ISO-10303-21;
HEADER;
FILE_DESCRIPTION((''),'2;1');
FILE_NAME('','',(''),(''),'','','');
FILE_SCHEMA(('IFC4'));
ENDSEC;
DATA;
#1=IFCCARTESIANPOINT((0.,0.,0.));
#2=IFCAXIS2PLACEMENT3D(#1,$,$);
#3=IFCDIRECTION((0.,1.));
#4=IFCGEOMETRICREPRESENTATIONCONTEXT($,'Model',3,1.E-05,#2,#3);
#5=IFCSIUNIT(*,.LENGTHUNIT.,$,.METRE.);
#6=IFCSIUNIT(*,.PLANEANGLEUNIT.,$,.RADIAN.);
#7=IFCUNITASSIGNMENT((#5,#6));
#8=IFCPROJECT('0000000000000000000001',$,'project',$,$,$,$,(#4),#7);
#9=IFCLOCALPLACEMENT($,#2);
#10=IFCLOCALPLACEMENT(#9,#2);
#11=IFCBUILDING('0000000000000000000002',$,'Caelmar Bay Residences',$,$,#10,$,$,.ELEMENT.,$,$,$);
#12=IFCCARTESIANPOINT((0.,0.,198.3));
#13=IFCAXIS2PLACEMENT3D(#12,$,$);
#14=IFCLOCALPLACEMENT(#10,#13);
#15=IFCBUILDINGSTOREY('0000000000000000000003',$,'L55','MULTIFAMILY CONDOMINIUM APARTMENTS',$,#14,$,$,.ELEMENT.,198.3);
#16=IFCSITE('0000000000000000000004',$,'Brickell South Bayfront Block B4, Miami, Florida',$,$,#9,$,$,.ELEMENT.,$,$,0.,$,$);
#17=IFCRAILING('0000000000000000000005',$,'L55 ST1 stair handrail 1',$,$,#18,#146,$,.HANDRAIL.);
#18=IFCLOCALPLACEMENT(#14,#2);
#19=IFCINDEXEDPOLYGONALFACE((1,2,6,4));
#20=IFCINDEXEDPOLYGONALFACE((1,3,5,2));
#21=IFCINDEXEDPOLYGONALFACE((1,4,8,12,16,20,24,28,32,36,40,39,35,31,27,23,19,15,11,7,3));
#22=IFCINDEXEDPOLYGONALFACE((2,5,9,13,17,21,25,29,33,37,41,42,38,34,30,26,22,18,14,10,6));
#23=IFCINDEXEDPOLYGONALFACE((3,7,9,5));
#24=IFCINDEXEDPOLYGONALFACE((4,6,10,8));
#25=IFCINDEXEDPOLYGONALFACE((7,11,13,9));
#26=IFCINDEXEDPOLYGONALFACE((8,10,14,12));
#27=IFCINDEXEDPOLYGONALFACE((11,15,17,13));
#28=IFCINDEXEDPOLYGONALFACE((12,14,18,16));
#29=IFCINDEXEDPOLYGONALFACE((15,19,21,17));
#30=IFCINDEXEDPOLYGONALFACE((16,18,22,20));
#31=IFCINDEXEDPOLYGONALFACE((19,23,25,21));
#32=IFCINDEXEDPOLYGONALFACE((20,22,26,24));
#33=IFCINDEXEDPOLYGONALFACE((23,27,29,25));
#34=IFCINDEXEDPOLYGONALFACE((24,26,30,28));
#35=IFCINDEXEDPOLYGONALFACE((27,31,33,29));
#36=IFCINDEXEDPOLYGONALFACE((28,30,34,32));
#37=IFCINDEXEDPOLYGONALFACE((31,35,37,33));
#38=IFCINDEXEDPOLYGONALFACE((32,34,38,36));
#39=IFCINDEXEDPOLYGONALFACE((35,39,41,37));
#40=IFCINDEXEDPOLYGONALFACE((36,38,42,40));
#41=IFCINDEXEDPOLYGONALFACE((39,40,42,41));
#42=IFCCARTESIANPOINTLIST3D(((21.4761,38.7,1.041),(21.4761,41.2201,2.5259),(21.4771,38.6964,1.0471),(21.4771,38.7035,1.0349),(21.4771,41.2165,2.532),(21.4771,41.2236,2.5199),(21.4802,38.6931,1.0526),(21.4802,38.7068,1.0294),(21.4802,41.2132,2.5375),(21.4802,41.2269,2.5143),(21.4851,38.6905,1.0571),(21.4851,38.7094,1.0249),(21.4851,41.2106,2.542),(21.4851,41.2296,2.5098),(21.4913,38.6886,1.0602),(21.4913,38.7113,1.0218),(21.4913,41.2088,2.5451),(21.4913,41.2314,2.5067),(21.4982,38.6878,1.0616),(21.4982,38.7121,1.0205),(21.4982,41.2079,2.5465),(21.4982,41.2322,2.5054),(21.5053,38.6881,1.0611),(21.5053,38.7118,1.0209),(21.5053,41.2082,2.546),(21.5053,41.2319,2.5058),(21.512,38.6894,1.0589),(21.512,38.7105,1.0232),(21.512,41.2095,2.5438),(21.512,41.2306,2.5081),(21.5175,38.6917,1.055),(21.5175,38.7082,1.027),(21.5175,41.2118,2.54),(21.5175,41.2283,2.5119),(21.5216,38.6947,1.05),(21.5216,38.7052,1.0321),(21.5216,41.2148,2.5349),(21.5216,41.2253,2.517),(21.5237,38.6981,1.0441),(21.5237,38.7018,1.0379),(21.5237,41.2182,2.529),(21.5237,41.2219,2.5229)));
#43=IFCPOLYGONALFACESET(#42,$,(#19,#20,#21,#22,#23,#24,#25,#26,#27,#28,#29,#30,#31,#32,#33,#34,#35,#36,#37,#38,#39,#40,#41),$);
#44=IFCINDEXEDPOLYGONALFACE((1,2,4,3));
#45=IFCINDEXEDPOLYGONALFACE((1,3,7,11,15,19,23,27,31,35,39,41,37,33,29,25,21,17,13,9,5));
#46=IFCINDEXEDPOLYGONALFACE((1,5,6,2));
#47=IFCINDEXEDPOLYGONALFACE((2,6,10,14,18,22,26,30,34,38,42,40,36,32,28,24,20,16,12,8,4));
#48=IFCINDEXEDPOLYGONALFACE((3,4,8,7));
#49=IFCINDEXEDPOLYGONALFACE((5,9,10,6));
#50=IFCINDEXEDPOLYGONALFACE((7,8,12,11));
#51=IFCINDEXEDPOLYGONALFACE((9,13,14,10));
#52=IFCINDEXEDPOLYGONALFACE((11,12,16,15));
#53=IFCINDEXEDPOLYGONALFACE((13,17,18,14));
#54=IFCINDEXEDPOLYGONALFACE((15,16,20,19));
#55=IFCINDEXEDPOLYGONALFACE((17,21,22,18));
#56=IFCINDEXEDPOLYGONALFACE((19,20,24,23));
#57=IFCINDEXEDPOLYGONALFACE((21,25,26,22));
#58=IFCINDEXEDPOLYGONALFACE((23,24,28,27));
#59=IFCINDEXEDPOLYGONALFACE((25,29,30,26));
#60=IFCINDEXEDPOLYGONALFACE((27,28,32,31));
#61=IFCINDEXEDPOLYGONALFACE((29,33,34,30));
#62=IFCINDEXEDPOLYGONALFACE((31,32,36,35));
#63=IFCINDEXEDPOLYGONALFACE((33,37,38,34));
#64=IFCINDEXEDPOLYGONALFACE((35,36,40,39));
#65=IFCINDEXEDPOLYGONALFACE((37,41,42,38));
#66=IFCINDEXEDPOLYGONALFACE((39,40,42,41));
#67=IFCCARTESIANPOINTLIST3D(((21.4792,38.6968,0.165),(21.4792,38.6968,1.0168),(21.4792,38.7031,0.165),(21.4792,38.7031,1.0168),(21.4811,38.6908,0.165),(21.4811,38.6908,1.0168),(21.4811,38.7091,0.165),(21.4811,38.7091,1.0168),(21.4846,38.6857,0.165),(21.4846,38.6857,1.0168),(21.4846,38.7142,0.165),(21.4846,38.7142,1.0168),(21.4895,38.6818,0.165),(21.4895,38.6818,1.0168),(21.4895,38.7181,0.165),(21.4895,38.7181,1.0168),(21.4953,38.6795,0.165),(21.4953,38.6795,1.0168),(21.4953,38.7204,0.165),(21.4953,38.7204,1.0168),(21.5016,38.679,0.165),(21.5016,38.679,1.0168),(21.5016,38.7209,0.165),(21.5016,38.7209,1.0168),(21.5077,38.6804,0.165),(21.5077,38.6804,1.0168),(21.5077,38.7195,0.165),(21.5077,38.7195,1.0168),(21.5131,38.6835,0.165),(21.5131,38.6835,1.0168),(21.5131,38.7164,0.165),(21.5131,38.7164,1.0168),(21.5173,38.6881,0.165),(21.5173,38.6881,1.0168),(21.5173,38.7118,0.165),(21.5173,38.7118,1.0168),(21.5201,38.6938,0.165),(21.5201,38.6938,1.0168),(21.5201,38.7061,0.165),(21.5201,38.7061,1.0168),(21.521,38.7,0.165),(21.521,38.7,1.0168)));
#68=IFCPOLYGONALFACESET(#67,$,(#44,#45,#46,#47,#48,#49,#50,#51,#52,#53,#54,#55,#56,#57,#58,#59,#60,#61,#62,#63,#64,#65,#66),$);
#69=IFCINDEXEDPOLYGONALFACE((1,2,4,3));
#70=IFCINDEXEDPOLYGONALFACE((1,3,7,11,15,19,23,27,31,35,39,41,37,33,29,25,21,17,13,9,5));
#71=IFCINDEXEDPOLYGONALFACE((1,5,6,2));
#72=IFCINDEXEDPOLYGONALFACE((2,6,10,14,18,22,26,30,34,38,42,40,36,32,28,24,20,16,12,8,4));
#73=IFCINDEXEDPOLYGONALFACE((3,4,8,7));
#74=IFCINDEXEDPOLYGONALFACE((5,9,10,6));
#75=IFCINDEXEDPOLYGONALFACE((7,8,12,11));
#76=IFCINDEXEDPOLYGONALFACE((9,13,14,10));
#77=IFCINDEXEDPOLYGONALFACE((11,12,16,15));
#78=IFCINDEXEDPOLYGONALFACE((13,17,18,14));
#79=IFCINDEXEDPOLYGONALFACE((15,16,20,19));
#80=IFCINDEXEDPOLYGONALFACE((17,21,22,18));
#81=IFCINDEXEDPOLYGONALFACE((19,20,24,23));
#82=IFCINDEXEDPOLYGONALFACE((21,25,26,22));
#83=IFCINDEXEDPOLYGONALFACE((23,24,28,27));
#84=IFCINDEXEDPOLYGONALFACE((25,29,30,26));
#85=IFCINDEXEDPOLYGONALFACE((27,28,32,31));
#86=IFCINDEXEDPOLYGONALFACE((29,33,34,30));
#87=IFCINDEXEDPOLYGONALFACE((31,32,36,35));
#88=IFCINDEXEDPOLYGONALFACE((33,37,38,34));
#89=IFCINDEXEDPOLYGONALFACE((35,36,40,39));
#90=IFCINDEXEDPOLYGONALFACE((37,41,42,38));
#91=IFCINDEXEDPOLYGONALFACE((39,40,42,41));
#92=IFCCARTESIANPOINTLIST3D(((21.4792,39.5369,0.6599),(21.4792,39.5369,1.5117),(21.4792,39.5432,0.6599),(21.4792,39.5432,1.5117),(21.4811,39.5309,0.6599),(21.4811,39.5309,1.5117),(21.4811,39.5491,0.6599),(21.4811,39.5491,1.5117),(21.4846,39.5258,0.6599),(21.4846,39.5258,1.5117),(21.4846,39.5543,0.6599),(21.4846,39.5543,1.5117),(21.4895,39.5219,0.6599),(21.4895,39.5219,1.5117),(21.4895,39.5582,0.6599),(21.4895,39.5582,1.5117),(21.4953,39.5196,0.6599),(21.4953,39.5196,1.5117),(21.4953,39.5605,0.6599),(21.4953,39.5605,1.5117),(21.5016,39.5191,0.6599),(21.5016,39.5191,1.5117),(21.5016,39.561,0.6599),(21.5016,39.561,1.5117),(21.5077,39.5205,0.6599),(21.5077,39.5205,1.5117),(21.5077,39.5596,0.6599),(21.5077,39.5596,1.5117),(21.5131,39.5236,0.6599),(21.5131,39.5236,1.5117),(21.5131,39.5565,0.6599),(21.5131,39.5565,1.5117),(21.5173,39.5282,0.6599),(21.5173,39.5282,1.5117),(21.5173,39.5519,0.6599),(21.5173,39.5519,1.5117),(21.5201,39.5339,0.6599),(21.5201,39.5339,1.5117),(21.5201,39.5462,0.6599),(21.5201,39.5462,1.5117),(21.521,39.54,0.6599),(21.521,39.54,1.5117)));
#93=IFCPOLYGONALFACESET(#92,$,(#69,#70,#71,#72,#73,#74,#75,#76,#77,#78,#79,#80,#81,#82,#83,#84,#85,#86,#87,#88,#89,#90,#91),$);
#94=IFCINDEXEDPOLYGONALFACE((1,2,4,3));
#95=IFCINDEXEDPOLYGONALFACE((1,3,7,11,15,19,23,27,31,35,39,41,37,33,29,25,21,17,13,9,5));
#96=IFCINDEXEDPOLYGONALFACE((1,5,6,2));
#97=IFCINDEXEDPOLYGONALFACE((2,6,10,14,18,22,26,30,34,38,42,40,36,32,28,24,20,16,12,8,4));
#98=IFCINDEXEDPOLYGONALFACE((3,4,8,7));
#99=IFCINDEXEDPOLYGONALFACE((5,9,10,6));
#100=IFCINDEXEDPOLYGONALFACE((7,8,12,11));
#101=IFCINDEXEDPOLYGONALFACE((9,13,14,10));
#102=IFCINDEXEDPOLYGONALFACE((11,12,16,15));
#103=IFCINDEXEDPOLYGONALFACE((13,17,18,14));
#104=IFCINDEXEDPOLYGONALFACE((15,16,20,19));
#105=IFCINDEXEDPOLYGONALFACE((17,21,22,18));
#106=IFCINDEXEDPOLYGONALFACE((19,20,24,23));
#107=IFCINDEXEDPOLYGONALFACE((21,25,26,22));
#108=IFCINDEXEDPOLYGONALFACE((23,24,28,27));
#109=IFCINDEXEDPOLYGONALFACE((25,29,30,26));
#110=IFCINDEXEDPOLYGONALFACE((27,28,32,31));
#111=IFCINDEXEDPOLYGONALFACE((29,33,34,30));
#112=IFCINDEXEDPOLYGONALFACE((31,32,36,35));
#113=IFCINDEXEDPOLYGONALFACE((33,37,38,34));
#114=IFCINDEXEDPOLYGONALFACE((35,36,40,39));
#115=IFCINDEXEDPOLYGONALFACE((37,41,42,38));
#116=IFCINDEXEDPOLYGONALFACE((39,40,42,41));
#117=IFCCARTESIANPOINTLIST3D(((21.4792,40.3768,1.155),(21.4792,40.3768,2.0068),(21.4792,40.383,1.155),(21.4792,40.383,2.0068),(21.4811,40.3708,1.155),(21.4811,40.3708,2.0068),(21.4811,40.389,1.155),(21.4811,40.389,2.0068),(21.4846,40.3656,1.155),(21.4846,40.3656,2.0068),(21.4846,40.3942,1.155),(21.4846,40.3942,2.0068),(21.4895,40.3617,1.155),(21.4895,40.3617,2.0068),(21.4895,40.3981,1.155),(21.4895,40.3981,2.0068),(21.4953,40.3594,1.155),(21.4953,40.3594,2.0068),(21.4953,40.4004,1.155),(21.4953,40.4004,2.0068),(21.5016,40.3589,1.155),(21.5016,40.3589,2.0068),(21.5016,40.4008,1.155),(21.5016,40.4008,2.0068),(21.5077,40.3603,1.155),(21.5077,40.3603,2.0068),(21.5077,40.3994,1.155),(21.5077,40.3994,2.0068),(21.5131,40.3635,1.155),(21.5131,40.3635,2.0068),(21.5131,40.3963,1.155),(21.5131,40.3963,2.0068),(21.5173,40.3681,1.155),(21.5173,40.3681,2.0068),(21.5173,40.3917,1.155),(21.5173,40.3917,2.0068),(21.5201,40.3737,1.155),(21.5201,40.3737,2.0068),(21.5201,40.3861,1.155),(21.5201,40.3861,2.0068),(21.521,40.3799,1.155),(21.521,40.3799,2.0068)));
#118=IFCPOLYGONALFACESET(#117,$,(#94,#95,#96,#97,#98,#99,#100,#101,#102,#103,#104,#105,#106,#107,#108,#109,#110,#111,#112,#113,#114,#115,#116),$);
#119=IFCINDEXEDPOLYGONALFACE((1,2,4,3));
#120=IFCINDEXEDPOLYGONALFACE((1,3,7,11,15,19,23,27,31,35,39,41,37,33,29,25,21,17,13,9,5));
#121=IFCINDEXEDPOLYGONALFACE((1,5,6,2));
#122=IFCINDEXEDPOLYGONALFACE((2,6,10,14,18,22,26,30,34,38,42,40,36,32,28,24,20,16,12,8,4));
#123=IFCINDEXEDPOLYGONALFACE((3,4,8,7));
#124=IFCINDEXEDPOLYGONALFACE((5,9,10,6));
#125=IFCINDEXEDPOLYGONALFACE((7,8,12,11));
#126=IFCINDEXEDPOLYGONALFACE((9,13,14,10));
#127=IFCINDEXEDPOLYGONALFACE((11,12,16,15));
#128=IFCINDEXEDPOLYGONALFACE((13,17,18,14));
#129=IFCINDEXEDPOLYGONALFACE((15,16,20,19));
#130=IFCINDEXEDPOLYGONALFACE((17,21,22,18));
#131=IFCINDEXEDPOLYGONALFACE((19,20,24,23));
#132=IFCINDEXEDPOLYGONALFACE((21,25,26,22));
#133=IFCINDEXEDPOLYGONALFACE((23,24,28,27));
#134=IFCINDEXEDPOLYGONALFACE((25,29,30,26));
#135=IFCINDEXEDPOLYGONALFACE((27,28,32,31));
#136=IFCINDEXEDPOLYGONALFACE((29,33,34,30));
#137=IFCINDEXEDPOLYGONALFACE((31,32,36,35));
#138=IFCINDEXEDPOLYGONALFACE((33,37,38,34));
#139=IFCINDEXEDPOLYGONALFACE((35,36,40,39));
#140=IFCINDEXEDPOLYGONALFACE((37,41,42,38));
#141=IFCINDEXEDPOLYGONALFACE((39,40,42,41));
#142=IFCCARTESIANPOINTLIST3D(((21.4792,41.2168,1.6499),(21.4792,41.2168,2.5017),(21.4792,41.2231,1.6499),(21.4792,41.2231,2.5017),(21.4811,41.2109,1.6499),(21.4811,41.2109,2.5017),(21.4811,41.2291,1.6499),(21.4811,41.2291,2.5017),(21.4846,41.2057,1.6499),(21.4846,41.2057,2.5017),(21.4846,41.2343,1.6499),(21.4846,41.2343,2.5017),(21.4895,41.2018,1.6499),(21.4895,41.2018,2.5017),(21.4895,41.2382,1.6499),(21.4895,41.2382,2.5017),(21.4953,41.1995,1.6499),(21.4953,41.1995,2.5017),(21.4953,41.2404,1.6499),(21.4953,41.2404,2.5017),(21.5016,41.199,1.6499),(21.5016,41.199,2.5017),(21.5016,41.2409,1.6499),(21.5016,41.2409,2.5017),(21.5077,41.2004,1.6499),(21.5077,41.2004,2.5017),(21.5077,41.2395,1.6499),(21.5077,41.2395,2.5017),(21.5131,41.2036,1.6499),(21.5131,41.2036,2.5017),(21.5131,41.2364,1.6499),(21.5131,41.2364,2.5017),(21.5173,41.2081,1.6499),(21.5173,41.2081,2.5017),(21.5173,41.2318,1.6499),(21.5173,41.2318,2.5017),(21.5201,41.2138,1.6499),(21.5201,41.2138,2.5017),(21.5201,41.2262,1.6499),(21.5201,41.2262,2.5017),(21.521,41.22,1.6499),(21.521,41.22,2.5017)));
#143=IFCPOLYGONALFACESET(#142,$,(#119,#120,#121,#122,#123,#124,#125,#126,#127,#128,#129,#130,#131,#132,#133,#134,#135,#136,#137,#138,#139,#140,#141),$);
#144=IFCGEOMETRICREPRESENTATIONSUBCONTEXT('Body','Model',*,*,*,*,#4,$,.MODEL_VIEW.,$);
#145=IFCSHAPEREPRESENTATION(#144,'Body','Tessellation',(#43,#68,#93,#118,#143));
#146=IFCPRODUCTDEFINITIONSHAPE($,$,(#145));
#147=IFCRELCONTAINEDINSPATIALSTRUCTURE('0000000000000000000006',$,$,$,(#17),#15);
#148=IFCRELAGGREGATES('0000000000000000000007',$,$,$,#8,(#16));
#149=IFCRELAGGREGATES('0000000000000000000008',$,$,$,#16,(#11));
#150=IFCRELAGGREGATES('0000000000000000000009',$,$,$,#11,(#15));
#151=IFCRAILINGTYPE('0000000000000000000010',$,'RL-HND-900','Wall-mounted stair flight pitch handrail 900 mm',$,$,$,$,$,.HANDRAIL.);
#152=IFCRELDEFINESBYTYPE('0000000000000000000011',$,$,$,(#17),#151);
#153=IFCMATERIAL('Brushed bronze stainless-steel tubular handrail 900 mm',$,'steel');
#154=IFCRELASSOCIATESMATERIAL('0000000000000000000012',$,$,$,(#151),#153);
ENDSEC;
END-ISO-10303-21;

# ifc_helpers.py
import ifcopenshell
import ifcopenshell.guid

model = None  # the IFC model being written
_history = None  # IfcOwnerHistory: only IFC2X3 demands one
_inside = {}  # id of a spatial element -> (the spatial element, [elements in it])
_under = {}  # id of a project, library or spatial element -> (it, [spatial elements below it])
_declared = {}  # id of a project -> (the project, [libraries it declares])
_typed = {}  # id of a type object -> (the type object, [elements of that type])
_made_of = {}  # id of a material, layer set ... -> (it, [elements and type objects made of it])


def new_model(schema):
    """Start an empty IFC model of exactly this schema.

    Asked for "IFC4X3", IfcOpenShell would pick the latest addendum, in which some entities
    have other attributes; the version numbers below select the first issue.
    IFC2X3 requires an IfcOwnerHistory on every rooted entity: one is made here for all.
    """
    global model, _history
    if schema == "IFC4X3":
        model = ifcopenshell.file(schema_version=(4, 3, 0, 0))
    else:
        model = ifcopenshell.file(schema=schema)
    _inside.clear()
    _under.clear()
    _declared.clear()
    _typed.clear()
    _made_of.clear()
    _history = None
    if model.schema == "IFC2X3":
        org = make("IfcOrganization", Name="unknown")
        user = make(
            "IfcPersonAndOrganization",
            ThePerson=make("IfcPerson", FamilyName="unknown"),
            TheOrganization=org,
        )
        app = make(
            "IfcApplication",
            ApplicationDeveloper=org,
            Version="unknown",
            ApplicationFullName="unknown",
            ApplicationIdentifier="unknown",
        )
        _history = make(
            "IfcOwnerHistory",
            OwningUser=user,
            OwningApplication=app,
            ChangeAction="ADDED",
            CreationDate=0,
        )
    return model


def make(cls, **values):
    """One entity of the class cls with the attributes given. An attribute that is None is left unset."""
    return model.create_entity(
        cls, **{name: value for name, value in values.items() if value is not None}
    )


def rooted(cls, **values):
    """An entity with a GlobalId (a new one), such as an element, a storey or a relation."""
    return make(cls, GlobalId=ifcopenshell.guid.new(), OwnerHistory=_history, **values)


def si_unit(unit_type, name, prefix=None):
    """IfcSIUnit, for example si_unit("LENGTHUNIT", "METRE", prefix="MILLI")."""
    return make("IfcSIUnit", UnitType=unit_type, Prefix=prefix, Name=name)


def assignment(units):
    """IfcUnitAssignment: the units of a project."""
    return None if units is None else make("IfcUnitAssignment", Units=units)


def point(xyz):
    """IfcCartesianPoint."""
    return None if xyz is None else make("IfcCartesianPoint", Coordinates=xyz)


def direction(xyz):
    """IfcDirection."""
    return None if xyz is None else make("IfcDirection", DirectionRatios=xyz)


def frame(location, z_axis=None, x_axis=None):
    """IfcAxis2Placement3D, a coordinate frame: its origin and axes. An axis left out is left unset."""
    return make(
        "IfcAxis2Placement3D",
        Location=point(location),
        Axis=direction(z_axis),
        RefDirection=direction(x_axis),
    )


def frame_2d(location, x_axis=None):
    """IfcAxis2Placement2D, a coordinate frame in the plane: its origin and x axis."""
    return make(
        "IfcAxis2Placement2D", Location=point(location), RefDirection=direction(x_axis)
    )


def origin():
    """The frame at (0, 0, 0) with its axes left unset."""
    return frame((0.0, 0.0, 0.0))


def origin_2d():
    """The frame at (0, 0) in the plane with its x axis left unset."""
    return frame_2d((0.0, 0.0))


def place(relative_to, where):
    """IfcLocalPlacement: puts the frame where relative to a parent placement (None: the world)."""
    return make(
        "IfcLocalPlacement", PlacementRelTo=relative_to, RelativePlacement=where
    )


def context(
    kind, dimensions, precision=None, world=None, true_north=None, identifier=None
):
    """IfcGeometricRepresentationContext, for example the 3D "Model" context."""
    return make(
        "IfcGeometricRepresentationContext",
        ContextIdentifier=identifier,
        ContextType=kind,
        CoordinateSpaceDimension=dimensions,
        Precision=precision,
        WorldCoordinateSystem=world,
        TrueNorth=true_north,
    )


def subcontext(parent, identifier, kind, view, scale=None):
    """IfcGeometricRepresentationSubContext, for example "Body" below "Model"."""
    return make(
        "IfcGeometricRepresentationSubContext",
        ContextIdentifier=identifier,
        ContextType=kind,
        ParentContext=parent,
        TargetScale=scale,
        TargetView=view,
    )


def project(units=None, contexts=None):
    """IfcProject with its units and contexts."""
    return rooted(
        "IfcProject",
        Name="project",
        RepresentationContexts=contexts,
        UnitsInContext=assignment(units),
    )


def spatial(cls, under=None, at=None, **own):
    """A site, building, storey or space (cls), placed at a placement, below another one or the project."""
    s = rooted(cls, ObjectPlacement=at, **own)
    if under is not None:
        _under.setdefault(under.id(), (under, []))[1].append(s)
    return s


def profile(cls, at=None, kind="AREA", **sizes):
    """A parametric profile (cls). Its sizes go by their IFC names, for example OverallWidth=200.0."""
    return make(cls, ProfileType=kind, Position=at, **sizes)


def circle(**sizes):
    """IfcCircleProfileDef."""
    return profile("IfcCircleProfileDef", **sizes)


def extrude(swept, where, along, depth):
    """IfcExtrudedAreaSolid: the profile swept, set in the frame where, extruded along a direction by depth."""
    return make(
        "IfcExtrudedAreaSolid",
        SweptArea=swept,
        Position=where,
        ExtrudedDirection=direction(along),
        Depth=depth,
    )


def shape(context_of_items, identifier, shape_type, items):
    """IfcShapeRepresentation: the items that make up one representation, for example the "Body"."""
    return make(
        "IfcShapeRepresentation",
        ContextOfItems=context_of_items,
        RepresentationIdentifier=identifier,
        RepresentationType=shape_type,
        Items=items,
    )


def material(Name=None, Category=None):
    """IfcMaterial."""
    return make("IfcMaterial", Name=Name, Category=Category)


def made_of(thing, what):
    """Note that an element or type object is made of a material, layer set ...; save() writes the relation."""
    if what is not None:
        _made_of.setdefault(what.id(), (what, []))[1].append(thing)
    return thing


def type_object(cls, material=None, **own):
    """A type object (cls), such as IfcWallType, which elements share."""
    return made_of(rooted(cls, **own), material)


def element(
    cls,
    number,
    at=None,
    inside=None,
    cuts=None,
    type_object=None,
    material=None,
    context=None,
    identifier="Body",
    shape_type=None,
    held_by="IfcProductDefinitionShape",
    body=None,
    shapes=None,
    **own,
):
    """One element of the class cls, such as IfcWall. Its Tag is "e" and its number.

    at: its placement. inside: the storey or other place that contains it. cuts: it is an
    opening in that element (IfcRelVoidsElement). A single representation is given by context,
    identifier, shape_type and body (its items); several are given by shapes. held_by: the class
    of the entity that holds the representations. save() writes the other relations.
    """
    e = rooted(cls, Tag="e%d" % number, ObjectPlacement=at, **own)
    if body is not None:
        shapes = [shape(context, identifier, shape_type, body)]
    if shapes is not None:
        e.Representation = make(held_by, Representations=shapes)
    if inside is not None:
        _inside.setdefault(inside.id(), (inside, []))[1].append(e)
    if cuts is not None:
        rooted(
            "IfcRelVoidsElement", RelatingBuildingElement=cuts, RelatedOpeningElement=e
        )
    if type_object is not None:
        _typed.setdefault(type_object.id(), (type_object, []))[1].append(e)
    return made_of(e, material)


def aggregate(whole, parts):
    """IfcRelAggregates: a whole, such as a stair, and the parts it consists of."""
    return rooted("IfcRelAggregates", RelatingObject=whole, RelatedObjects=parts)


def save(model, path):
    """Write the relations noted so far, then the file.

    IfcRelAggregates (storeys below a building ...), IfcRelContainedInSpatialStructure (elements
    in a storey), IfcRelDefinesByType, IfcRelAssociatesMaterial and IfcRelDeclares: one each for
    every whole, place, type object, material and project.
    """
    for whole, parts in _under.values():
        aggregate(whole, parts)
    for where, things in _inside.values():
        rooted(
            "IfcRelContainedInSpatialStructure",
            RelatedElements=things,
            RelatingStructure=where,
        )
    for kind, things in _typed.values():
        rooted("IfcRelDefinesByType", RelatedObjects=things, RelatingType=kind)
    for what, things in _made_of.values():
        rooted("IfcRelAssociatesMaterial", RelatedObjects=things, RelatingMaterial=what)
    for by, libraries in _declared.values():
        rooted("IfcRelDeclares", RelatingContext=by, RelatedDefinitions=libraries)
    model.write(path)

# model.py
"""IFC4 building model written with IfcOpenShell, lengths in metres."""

from ifc_helpers import new_model, si_unit, direction, frame, origin, origin_2d, place, context, subcontext, project, spatial, circle, extrude, material, type_object, element, save


model = new_model("IFC4")

# Units and contexts
model_context = context("Model", 3, precision=1e-05, world=origin(), true_north=direction((0.0, 1.0)))
body_context = subcontext(model_context, "Body", "Model", "MODEL_VIEW")
ifc_project = project(units=[si_unit("LENGTHUNIT", "METRE"), si_unit("PLANEANGLEUNIT", "RADIAN")], contexts=[model_context])

# Site, building, storey
site_placement = place(None, origin())
site = spatial("IfcSite", under=ifc_project, at=site_placement, Name="Brickell South Bayfront Block B4, Miami, Florida", CompositionType="ELEMENT", RefElevation=0.0)
building_placement = place(site_placement, origin())
building = spatial("IfcBuilding", under=site, at=building_placement, Name="Caelmar Bay Residences", CompositionType="ELEMENT")
storey_placement = place(building_placement, frame((0.0, 0.0, 198.3)))
storey = spatial("IfcBuildingStorey", under=building, at=storey_placement, Name="L55", Description="MULTIFAMILY CONDOMINIUM APARTMENTS", CompositionType="ELEMENT", Elevation=198.3)

# Railing
ifc_material_1 = material(Name="Brushed bronze stainless-steel tubular handrail 900 mm", Category="steel")
railing_type_1 = type_object("IfcRailingType", Name="RL-HND-900", Description="Wall-mounted stair flight pitch handrail 900 mm", PredefinedType="HANDRAIL", material=ifc_material_1)
railing_1_placement = place(storey_placement, frame((21.5, 38.7, 0.165)))
element("IfcRailing", 1, at=railing_1_placement, inside=storey, type_object=railing_type_1, Name="L55 ST1 stair handrail 1", PredefinedType="HANDRAIL", context=body_context, shape_type="SweptSolid", body=[
    extrude(circle(Radius=0.0239, at=origin_2d()), frame((0.0, 0.0, 0.876), z_axis=(0.0, 0.861561, 0.507655), x_axis=(-1.0, 0.0, 0.0)), (0.0, 0.0, 1.0), 2.925),
    extrude(circle(Radius=0.021, at=origin_2d()), origin(), (0.0, 0.0, 1.0), 0.8518),
    extrude(circle(Radius=0.021, at=origin_2d()), frame((0.0, 0.8401, 0.4949)), (0.0, 0.0, 1.0), 0.8518),
    extrude(circle(Radius=0.021, at=origin_2d()), frame((0.0, 1.6799, 0.99)), (0.0, 0.0, 1.0), 0.8518),
    extrude(circle(Radius=0.021, at=origin_2d()), frame((0.0, 2.52, 1.4849)), (0.0, 0.0, 1.0), 0.8518),
])

save(model, "model.ifc")
